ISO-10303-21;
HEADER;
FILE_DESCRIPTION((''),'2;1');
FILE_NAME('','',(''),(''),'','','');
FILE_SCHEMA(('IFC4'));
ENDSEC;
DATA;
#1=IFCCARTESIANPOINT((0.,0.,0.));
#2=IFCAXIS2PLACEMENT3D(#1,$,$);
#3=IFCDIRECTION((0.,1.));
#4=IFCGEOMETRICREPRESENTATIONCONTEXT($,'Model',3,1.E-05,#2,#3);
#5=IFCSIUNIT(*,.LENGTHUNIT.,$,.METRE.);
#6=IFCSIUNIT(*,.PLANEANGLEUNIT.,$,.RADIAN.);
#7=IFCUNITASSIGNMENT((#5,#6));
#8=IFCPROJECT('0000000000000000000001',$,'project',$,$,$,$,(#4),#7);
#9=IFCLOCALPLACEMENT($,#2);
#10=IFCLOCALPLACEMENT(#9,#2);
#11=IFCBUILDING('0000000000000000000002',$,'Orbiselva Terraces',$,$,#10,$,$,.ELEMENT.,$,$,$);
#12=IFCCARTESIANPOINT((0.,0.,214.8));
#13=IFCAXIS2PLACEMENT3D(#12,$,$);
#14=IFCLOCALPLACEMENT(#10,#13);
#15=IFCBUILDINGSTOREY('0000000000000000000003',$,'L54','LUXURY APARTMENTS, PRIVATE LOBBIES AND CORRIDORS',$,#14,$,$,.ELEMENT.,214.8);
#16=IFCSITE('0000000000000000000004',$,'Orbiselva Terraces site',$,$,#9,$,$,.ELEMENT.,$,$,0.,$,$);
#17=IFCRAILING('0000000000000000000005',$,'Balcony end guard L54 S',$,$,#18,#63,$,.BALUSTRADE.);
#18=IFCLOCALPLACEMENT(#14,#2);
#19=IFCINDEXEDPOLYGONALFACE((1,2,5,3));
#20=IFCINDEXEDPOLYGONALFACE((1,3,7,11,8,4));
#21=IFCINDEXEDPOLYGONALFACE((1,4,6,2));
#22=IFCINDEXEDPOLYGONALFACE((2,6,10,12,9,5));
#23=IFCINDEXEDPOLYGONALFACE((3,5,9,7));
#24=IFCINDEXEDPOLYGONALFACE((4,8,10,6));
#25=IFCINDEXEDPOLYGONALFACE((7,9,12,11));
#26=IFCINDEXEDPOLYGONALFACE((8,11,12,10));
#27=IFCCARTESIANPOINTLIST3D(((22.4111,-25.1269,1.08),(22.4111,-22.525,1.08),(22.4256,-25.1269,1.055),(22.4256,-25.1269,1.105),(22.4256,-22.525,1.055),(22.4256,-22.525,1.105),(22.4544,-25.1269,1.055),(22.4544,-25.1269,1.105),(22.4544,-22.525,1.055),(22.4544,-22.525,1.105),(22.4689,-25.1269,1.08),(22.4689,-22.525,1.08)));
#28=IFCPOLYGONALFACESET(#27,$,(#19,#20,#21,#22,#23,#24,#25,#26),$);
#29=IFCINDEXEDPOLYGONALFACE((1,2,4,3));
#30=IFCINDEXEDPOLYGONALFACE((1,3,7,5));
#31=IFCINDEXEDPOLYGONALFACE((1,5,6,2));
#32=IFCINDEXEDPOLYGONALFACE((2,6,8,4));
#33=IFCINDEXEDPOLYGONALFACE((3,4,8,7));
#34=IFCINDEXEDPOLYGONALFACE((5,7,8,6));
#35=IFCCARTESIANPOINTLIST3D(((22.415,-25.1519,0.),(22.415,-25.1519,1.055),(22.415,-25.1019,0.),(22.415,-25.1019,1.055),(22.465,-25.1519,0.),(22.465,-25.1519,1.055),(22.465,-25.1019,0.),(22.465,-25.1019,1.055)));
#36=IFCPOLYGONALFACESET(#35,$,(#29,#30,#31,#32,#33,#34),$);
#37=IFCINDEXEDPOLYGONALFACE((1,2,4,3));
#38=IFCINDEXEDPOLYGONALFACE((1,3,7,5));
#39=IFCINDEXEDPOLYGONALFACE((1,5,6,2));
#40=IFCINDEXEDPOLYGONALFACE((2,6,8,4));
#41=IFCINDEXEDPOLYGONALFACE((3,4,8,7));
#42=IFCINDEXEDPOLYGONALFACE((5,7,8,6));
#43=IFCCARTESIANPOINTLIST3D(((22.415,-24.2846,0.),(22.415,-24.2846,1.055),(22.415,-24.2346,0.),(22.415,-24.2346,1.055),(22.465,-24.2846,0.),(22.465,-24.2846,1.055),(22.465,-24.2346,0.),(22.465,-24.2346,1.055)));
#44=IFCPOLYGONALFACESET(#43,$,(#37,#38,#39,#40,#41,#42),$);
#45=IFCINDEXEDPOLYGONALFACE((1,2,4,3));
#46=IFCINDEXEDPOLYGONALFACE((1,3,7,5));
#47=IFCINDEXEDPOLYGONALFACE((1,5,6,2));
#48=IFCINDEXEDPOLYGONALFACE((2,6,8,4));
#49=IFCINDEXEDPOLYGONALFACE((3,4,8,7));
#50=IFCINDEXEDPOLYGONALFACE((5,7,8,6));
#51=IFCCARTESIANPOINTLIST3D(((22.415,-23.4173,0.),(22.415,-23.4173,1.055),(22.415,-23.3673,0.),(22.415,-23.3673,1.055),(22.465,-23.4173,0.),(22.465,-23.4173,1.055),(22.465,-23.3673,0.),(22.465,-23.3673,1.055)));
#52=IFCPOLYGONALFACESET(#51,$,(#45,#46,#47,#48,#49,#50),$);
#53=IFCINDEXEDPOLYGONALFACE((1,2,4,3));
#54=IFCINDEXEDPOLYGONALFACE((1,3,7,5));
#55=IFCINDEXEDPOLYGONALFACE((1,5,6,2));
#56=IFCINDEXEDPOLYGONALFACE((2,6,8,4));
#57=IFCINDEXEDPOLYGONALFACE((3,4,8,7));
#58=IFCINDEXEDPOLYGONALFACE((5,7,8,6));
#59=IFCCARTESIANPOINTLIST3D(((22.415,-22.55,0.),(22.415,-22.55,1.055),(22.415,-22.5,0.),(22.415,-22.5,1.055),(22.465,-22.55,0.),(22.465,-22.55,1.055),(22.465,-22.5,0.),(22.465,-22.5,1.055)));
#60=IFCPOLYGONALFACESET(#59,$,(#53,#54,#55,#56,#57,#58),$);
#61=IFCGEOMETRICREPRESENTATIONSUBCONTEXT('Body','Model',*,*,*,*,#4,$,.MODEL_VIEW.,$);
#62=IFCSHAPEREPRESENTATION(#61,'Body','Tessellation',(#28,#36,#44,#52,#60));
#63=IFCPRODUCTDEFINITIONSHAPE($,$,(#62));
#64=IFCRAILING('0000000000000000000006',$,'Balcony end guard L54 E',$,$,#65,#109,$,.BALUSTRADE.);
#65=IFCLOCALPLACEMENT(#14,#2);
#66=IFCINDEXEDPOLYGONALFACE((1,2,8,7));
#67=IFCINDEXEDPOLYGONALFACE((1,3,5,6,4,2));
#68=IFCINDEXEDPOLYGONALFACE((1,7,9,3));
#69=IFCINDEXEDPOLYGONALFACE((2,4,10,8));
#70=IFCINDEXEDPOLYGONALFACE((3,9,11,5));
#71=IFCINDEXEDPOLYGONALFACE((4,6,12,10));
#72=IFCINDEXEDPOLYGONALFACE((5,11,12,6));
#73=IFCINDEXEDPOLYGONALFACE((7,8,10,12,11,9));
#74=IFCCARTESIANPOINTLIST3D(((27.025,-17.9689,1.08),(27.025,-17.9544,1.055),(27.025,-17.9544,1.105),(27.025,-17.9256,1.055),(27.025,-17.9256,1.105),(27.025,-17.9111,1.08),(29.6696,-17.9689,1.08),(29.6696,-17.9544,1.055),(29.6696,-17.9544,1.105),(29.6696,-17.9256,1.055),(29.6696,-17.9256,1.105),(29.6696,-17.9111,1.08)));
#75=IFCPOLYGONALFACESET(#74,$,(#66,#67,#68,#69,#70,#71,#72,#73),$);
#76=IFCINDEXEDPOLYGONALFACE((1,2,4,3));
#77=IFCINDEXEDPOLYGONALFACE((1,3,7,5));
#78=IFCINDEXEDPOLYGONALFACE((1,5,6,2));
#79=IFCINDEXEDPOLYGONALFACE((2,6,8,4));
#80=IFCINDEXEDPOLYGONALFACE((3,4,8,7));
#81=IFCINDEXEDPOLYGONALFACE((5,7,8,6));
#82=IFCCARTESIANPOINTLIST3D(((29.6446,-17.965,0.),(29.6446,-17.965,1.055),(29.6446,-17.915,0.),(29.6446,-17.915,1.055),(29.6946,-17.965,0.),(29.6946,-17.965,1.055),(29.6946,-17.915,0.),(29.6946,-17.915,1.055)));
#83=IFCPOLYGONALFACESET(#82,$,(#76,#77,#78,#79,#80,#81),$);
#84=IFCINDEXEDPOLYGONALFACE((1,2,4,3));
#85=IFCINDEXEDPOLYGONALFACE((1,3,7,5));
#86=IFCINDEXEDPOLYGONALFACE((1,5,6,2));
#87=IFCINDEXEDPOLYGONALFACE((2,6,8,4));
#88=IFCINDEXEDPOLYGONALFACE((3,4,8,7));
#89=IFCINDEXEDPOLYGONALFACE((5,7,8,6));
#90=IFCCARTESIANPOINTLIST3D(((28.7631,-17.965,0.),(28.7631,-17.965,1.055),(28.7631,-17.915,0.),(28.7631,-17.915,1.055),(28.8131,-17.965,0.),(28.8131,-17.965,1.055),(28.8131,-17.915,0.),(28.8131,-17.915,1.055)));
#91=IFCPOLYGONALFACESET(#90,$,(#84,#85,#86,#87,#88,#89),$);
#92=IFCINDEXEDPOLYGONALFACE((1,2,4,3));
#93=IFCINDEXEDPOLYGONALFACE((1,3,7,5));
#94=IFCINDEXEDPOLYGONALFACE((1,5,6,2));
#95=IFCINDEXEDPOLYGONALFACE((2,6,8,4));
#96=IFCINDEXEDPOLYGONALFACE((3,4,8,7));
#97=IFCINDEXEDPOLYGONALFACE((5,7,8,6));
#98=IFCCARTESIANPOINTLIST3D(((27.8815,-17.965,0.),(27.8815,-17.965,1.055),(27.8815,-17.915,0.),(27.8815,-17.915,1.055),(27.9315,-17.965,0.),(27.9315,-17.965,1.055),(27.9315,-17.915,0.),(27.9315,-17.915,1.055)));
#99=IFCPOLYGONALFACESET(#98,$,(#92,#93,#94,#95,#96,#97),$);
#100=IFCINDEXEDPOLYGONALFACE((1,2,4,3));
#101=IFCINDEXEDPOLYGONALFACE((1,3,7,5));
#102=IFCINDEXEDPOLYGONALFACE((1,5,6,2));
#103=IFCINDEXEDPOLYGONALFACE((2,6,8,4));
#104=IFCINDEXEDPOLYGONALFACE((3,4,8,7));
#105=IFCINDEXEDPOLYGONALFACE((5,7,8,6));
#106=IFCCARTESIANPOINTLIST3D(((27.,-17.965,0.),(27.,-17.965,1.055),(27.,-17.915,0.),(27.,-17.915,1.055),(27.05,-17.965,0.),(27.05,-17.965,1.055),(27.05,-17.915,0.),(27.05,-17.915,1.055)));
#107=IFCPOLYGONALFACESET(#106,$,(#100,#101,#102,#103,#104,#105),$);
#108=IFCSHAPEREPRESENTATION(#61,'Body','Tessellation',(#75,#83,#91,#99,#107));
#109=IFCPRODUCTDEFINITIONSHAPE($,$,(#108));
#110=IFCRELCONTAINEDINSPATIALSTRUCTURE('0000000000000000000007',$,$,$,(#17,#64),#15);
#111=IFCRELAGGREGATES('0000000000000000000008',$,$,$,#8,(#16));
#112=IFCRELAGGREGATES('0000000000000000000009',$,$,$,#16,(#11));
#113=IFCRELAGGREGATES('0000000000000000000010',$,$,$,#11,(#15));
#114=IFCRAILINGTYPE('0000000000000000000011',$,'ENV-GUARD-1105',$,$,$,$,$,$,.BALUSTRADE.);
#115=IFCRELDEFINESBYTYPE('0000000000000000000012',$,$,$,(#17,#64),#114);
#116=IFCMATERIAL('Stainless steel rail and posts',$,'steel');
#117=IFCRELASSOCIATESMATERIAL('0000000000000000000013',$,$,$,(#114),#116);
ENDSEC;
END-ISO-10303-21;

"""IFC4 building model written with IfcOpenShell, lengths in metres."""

from ifc_helpers import new_model, si_unit, direction, frame, origin, origin_2d, place, context, subcontext, project, spatial, polyline, rectangle, outline, extrude, material, type_object, element, save


model = new_model("IFC4")

# Units and contexts
model_context = context("Model", 3, precision=1e-05, world=origin(), true_north=direction((0.0, 1.0)))
body_context = subcontext(model_context, "Body", "Model", "MODEL_VIEW")
ifc_project = project(units=[si_unit("LENGTHUNIT", "METRE"), si_unit("PLANEANGLEUNIT", "RADIAN")], contexts=[model_context])

# Site, building, storey
site_placement = place(None, origin())
site = spatial("IfcSite", under=ifc_project, at=site_placement, Name="Orbiselva Terraces site", CompositionType="ELEMENT", RefElevation=0.0)
building_placement = place(site_placement, origin())
building = spatial("IfcBuilding", under=site, at=building_placement, Name="Orbiselva Terraces", CompositionType="ELEMENT")
storey_placement = place(building_placement, frame((0.0, 0.0, 214.8)))
storey = spatial("IfcBuildingStorey", under=building, at=storey_placement, Name="L54", Description="LUXURY APARTMENTS, PRIVATE LOBBIES AND CORRIDORS", CompositionType="ELEMENT", Elevation=214.8)

# Railings
ifc_material_1 = material(Name="Stainless steel rail and posts", Category="steel")
railing_type_1 = type_object("IfcRailingType", Name="ENV-GUARD-1105", PredefinedType="BALUSTRADE", material=ifc_material_1)
railing_1_placement = place(storey_placement, frame((22.44, -25.1269, 0.0)))
element("IfcRailing", 1, at=railing_1_placement, inside=storey, type_object=railing_type_1, Name="Balcony end guard L54 S", PredefinedType="BALUSTRADE", context=body_context, shape_type="SweptSolid", body=[
    extrude(outline(polyline([(0.0289, 0.0), (0.0144, 0.025), (-0.0144, 0.025), (-0.0289, 0.0), (-0.0144, -0.025), (0.0144, -0.025), (0.0289, 0.0)])), frame((0.0, 0.0, 1.08), z_axis=(0.0, 1.0, 0.0), x_axis=(-1.0, 0.0, 0.0)), (0.0, 0.0, 1.0), 2.6019),
    extrude(rectangle(XDim=0.05, YDim=0.05, at=origin_2d()), origin(), (0.0, 0.0, 1.0), 1.055),
    extrude(rectangle(XDim=0.05, YDim=0.05, at=origin_2d()), frame((0.0, 0.8673, 0.0)), (0.0, 0.0, 1.0), 1.055),
    extrude(rectangle(XDim=0.05, YDim=0.05, at=origin_2d()), frame((0.0, 1.7346, 0.0)), (0.0, 0.0, 1.0), 1.055),
    extrude(rectangle(XDim=0.05, YDim=0.05, at=origin_2d()), frame((0.0, 2.6019, 0.0)), (0.0, 0.0, 1.0), 1.055),
])
railing_2_placement = place(storey_placement, frame((29.6696, -17.94, 0.0)))
element("IfcRailing", 2, at=railing_2_placement, inside=storey, type_object=railing_type_1, Name="Balcony end guard L54 E", PredefinedType="BALUSTRADE", context=body_context, shape_type="SweptSolid", body=[
    extrude(outline(polyline([(0.0289, 0.0), (0.0144, 0.025), (-0.0144, 0.025), (-0.0289, 0.0), (-0.0144, -0.025), (0.0144, -0.025), (0.0289, 0.0)])), frame((0.0, 0.0, 1.08), z_axis=(-1.0, 0.0, 0.0), x_axis=(0.0, -1.0, 0.0)), (0.0, 0.0, 1.0), 2.6446),
    extrude(rectangle(XDim=0.05, YDim=0.05, at=origin_2d()), origin(), (0.0, 0.0, 1.0), 1.055),
    extrude(rectangle(XDim=0.05, YDim=0.05, at=origin_2d()), frame((-0.8815, 0.0, 0.0)), (0.0, 0.0, 1.0), 1.055),
    extrude(rectangle(XDim=0.05, YDim=0.05, at=origin_2d()), frame((-1.7631, 0.0, 0.0)), (0.0, 0.0, 1.0), 1.055),
    extrude(rectangle(XDim=0.05, YDim=0.05, at=origin_2d()), frame((-2.6446, 0.0, 0.0)), (0.0, 0.0, 1.0), 1.055),
])

save(model, "model.ifc")
